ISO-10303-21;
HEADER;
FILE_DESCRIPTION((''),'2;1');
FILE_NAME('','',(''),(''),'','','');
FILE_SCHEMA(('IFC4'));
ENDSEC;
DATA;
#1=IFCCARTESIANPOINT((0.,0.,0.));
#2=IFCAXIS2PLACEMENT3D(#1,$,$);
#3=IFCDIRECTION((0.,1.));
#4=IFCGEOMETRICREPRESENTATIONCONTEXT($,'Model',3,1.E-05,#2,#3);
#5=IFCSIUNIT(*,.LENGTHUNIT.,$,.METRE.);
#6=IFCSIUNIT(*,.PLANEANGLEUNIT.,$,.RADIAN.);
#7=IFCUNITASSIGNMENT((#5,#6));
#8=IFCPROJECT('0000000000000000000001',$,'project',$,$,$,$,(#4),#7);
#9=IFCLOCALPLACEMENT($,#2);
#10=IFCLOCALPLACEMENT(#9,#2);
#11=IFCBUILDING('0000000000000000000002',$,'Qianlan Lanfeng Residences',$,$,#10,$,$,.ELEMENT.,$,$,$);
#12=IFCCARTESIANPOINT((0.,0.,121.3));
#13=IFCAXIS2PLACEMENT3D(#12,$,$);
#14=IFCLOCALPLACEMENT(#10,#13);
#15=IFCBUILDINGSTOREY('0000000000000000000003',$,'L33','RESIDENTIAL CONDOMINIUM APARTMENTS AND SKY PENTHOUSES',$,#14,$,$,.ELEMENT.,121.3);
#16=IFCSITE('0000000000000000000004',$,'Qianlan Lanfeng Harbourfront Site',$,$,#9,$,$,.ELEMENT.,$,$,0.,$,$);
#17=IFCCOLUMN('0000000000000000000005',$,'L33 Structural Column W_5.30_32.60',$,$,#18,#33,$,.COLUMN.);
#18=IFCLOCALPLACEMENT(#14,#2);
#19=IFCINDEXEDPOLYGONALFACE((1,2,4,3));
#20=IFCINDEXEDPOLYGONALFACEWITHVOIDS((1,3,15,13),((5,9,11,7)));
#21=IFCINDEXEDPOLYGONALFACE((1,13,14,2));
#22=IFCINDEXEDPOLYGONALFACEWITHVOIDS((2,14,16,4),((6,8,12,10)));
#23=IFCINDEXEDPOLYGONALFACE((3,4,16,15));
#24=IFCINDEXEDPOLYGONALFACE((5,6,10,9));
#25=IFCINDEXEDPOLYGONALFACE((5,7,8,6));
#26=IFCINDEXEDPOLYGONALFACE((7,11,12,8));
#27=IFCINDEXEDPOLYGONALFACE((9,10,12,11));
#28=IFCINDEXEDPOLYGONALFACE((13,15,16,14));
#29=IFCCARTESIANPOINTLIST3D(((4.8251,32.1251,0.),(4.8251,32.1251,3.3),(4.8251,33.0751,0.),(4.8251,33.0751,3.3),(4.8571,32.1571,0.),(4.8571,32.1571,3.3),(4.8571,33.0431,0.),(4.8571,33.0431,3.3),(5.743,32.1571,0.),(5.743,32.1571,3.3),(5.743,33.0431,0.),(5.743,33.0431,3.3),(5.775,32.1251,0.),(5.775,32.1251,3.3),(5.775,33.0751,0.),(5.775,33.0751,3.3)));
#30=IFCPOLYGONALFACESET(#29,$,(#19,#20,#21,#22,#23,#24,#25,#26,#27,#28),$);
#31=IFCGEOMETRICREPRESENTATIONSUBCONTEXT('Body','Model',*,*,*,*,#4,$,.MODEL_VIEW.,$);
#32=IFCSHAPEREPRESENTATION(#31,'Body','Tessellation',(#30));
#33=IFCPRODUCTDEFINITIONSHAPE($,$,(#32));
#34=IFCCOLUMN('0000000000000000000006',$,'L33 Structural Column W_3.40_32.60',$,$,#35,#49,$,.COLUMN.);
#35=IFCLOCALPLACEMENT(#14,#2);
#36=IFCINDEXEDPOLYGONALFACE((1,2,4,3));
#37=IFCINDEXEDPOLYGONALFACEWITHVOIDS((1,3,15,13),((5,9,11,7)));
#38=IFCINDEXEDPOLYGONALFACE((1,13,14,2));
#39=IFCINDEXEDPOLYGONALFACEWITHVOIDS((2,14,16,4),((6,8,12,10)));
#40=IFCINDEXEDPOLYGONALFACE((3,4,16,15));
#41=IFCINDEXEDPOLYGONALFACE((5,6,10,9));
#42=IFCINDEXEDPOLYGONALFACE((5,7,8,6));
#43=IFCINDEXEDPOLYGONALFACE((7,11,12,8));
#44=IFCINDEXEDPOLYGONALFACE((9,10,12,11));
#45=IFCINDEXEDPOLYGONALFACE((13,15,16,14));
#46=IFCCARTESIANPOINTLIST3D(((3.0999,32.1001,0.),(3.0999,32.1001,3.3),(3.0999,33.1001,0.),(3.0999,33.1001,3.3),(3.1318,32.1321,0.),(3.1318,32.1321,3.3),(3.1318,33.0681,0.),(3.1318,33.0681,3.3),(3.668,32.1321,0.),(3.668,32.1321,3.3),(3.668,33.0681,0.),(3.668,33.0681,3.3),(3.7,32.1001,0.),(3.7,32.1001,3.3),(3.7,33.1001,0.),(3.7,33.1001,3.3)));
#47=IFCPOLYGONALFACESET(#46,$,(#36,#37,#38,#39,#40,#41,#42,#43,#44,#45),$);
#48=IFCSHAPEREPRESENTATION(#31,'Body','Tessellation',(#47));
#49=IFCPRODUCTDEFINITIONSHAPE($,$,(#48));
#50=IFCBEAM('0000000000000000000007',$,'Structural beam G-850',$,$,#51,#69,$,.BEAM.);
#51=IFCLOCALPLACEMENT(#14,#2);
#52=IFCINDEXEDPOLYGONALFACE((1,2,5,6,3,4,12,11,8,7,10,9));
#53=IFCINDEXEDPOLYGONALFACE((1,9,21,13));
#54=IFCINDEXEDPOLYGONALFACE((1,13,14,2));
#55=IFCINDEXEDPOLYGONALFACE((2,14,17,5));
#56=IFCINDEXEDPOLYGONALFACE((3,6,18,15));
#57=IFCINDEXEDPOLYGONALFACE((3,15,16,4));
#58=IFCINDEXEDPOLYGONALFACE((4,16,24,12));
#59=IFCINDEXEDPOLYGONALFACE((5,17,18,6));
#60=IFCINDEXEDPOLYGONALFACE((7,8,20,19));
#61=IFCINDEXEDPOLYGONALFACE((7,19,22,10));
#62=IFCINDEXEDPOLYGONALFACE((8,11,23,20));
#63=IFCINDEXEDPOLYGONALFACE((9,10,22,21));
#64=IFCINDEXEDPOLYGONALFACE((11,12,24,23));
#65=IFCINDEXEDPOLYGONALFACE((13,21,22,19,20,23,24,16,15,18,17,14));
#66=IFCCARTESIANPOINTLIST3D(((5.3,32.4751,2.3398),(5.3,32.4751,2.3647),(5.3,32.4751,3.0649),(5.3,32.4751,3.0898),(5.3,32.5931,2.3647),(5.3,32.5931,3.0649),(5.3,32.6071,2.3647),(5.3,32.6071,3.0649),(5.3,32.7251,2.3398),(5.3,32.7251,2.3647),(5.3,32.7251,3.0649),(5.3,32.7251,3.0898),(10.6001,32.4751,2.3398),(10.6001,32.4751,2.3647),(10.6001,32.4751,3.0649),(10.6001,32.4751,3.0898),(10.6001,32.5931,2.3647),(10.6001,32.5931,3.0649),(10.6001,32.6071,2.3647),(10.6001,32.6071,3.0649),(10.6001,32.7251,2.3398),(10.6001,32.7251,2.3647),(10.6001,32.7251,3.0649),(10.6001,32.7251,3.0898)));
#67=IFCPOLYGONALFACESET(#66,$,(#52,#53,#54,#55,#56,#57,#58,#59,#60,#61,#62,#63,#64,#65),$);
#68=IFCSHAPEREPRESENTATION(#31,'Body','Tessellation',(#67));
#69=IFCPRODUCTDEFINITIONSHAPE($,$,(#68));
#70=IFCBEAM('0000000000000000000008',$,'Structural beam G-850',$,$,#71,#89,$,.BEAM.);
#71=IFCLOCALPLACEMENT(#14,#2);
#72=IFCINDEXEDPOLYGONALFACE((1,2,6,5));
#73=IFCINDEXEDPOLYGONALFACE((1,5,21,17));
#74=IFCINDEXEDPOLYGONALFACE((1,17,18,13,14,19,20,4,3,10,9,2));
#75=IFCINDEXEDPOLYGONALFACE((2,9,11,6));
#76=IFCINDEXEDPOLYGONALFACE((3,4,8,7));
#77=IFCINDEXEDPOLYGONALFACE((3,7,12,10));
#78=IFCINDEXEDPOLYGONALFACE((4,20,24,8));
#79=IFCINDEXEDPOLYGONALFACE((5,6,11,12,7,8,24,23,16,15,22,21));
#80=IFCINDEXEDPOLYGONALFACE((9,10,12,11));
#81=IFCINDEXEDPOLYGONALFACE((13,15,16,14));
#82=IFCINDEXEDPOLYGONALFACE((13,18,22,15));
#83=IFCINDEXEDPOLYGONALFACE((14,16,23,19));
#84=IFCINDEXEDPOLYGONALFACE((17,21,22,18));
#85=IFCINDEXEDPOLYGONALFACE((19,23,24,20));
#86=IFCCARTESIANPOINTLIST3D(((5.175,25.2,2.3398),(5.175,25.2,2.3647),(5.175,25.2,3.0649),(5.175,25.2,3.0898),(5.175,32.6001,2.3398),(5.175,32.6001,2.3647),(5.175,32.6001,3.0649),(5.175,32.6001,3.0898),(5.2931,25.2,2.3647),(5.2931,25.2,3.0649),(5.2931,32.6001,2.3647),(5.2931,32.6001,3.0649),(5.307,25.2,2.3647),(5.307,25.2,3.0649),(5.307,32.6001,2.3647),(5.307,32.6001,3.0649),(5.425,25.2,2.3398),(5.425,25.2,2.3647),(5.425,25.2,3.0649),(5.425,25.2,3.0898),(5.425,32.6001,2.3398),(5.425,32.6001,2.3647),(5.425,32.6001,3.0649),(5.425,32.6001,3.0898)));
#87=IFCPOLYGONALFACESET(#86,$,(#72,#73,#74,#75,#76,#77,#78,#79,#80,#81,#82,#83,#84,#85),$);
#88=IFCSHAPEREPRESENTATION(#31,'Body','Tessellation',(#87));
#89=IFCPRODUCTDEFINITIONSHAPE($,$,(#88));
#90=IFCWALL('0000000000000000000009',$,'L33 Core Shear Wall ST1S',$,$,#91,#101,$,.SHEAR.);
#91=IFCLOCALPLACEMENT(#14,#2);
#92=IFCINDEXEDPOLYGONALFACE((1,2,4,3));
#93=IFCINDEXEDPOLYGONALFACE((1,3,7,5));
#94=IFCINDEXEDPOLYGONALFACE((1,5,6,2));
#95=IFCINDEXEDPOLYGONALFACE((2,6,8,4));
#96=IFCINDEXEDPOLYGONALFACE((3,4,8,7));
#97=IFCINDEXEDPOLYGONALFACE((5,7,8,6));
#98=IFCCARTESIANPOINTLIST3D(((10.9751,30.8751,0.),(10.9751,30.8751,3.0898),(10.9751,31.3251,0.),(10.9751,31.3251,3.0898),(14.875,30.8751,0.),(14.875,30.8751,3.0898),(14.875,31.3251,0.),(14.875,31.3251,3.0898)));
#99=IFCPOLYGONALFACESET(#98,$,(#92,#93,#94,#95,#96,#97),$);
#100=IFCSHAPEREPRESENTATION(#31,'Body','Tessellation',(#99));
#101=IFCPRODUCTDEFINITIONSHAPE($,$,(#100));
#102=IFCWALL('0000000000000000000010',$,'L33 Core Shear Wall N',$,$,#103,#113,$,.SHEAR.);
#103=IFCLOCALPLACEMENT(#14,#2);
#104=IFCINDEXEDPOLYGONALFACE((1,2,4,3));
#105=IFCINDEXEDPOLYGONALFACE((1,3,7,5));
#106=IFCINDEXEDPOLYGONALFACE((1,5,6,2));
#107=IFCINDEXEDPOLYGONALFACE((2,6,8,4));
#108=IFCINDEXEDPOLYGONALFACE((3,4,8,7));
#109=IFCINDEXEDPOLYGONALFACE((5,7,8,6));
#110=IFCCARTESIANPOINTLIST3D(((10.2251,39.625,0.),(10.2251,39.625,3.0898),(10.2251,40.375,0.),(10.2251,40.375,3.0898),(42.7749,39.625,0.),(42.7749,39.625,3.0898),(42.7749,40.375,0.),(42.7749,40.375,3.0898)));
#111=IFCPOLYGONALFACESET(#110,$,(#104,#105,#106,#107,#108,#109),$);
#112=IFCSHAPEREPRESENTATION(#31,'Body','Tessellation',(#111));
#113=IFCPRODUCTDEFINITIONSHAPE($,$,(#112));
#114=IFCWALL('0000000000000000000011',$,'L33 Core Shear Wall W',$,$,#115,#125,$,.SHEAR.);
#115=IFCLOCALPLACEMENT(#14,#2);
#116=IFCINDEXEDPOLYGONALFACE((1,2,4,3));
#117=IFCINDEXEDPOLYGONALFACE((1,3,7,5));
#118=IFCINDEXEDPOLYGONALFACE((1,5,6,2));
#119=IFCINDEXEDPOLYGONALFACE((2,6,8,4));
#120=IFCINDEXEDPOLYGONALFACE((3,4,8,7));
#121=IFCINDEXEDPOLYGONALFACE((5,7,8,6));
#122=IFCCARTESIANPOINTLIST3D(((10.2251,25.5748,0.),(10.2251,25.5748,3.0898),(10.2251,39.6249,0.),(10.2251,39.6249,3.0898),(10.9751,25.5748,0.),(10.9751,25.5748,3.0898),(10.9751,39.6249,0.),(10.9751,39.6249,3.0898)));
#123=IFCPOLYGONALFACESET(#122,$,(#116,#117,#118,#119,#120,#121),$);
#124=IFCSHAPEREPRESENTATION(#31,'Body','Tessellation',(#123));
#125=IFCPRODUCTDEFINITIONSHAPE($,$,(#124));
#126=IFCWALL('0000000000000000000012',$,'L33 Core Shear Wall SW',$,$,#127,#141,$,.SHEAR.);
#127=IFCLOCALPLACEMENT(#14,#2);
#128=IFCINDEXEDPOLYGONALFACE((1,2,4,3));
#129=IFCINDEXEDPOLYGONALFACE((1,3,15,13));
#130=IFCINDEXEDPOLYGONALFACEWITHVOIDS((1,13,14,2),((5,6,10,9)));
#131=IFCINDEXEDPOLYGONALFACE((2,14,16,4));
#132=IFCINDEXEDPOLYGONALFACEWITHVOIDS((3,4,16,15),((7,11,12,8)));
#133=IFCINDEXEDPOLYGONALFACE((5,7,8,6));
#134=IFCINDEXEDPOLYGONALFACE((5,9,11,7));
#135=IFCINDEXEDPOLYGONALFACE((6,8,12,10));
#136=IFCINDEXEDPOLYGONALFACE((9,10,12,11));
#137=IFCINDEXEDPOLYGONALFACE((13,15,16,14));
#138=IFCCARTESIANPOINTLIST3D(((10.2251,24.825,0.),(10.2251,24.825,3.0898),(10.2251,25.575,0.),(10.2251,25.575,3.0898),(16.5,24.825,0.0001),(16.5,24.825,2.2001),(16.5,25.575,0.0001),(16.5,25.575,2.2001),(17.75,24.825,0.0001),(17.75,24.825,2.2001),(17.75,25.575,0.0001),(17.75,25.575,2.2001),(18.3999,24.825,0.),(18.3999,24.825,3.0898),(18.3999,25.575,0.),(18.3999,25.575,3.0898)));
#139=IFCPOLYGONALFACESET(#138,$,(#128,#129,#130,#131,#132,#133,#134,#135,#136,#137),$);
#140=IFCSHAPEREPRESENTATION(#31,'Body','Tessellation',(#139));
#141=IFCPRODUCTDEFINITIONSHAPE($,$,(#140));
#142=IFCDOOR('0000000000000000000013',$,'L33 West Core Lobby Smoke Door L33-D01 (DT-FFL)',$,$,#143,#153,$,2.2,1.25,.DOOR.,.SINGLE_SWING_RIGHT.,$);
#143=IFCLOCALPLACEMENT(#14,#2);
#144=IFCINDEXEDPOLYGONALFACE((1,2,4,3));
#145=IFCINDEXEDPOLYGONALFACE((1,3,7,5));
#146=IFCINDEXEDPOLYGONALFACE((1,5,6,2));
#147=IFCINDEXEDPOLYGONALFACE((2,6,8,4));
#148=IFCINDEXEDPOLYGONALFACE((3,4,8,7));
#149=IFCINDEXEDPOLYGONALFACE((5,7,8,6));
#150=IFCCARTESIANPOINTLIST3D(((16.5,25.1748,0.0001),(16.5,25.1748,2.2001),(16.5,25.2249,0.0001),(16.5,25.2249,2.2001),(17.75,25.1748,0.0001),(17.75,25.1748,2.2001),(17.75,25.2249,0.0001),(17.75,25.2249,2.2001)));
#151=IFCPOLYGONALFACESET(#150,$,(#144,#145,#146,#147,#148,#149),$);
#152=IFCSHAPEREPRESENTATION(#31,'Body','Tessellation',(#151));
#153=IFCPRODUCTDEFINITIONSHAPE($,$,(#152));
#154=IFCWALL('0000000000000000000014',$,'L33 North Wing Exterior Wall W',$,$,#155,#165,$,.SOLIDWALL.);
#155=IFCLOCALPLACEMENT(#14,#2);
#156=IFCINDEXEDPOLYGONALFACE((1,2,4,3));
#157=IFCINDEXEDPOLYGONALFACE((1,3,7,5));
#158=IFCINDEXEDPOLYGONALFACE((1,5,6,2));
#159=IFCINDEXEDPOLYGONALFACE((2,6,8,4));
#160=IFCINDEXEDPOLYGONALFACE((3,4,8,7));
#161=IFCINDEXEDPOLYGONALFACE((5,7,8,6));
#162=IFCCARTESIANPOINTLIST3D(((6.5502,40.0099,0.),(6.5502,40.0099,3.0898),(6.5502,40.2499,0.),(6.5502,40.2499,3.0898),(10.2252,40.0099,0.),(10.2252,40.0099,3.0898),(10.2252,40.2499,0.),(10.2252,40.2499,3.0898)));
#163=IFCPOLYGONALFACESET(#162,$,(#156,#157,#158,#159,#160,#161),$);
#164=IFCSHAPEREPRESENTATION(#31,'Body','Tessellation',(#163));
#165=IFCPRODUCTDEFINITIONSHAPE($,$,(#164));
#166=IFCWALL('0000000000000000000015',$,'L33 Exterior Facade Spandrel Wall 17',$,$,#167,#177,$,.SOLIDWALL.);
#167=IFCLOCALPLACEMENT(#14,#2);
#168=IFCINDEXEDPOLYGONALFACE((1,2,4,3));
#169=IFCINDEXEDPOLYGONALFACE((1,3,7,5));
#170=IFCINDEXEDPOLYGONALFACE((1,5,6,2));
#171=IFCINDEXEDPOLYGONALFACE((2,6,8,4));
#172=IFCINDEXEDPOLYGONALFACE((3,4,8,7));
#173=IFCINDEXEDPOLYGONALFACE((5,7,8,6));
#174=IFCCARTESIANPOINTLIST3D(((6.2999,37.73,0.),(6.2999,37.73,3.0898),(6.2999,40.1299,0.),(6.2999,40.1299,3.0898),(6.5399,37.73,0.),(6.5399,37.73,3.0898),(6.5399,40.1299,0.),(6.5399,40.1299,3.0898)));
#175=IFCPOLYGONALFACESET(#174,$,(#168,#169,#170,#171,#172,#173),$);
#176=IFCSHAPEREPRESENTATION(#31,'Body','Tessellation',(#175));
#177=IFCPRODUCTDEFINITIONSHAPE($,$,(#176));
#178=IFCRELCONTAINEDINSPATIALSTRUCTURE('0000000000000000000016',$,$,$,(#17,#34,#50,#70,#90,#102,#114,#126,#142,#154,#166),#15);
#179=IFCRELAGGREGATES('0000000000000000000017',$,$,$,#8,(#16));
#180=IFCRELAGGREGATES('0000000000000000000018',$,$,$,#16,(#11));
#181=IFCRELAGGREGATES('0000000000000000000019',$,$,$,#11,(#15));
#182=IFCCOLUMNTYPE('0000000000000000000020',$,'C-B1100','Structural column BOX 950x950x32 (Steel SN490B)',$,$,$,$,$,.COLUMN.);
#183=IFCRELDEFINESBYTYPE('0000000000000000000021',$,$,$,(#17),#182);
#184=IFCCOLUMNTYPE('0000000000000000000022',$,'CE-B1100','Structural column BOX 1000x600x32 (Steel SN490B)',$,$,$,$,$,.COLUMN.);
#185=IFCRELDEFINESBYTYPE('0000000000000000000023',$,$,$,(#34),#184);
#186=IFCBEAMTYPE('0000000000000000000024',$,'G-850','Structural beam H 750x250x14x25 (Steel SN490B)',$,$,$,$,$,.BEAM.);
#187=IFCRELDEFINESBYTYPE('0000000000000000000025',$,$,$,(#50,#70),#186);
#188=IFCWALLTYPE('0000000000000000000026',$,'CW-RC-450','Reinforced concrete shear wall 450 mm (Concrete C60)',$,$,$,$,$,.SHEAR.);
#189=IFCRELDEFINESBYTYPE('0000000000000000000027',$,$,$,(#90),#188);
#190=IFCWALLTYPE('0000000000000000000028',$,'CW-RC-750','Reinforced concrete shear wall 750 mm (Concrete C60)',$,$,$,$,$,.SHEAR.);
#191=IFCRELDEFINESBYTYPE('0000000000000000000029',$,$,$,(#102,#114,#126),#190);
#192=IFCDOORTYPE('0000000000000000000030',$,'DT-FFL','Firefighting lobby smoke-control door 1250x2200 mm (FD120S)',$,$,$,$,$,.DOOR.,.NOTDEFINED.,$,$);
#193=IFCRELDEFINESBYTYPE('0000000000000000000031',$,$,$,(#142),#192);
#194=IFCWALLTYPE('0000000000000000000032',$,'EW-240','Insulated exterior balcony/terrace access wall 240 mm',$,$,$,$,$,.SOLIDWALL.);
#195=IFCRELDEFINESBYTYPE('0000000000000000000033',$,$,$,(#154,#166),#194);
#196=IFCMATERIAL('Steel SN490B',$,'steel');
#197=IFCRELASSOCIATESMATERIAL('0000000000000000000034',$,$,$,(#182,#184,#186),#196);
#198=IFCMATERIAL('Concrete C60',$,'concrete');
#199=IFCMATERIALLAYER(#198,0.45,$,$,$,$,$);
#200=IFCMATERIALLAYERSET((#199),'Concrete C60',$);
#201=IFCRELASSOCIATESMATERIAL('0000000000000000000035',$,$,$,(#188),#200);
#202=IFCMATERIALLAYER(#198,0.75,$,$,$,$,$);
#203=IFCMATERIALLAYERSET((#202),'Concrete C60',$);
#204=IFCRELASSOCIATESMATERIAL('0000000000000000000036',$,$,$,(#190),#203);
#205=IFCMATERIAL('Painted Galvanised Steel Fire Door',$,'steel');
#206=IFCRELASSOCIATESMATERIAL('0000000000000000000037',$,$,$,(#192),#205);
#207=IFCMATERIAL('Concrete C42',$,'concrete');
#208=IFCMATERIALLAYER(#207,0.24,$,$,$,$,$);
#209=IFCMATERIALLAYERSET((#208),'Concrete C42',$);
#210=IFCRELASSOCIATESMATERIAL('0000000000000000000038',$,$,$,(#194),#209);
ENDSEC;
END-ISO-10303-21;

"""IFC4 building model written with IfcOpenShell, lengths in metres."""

from ifc_helpers import new_model, si_unit, direction, frame, frame_2d, origin, origin_2d, place, context, subcontext, project, spatial, rectangle, hollow_rectangle, i_section, extrude, material, layer, layer_set, material_profile, profile_set, type_object, element, fill, save


model = new_model("IFC4")

# Units and contexts
model_context = context("Model", 3, precision=1e-05, world=origin(), true_north=direction((0.0, 1.0)))
body_context = subcontext(model_context, "Body", "Model", "MODEL_VIEW")
ifc_project = project(units=[si_unit("LENGTHUNIT", "METRE"), si_unit("PLANEANGLEUNIT", "RADIAN")], contexts=[model_context])

# Site, building, storey
site_placement = place(None, origin())
site = spatial("IfcSite", under=ifc_project, at=site_placement, Name="Qianlan Lanfeng Harbourfront Site", CompositionType="ELEMENT", RefElevation=0.0)
building_placement = place(site_placement, origin())
building = spatial("IfcBuilding", under=site, at=building_placement, Name="Qianlan Lanfeng Residences", CompositionType="ELEMENT")
storey_placement = place(building_placement, frame((0.0, 0.0, 121.3)))
storey = spatial("IfcBuildingStorey", under=building, at=storey_placement, Name="L33", Description="RESIDENTIAL CONDOMINIUM APARTMENTS AND SKY PENTHOUSES", CompositionType="ELEMENT", Elevation=121.3)

# Columns
ifc_material_1 = material(Name="Steel SN490B", Category="steel")
ifc_material_profile_1 = material_profile(ifc_material_1, hollow_rectangle(XDim=0.95, YDim=0.95, WallThickness=0.032, at=origin_2d()), Name="BOX 950x950x32")
ifc_profile_set_1 = profile_set([ifc_material_profile_1], Name="Steel SN490B")
column_type_1 = type_object("IfcColumnType", Name="C-B1100", Description="Structural column BOX 950x950x32 (Steel SN490B)", PredefinedType="COLUMN", material=ifc_profile_set_1)
column_1_placement = place(storey_placement, frame((5.3, 32.6001, 0.0), z_axis=(0.0, 0.0, 1.0), x_axis=(1.0, 0.0, 0.0)))
element("IfcColumn", 1, at=column_1_placement, inside=storey, type_object=column_type_1, Name="L33 Structural Column W_5.30_32.60", PredefinedType="COLUMN", context=body_context, shape_type="SweptSolid", body=[
    extrude(hollow_rectangle(XDim=0.95, YDim=0.95, WallThickness=0.032, at=origin_2d()), origin(), (0.0, 0.0, 1.0), 3.3),
])
ifc_material_profile_2 = material_profile(ifc_material_1, hollow_rectangle(XDim=0.6001, YDim=1.0, WallThickness=0.032, at=origin_2d()), Name="BOX 1000x600x32")
ifc_profile_set_2 = profile_set([ifc_material_profile_2], Name="Steel SN490B")
column_type_2 = type_object("IfcColumnType", Name="CE-B1100", Description="Structural column BOX 1000x600x32 (Steel SN490B)", PredefinedType="COLUMN", material=ifc_profile_set_2)
column_2_placement = place(storey_placement, frame((3.3999, 32.6001, 0.0), z_axis=(0.0, 0.0, 1.0), x_axis=(1.0, 0.0, 0.0)))
element("IfcColumn", 2, at=column_2_placement, inside=storey, type_object=column_type_2, Name="L33 Structural Column W_3.40_32.60", PredefinedType="COLUMN", context=body_context, shape_type="SweptSolid", body=[
    extrude(hollow_rectangle(XDim=0.6001, YDim=1.0, WallThickness=0.032, at=origin_2d()), origin(), (0.0, 0.0, 1.0), 3.3),
])

# Beams
ifc_material_profile_3 = material_profile(ifc_material_1, i_section(OverallWidth=0.25, OverallDepth=0.75, WebThickness=0.0139, FlangeThickness=0.0249, at=origin_2d()), Name="H 750x250x14x25")
ifc_profile_set_3 = profile_set([ifc_material_profile_3], Name="Steel SN490B")
beam_type = type_object("IfcBeamType", Name="G-850", Description="Structural beam H 750x250x14x25 (Steel SN490B)", PredefinedType="BEAM", material=ifc_profile_set_3)
beam_1_placement = place(storey_placement, frame((5.3, 32.6001, 2.7148), z_axis=(1.0, 0.0, 0.0), x_axis=(0.0, 1.0, 0.0)))
element("IfcBeam", 3, at=beam_1_placement, inside=storey, type_object=beam_type, Name="Structural beam G-850", PredefinedType="BEAM", context=body_context, shape_type="SweptSolid", body=[
    extrude(i_section(OverallWidth=0.25, OverallDepth=0.75, WebThickness=0.0139, FlangeThickness=0.0249, at=origin_2d()), origin(), (0.0, 0.0, 1.0), 5.3),
])
beam_2_placement = place(storey_placement, frame((5.3, 25.2, 2.7148), z_axis=(0.0, 1.0, 0.0), x_axis=(-1.0, 0.0, 0.0)))
element("IfcBeam", 4, at=beam_2_placement, inside=storey, type_object=beam_type, Name="Structural beam G-850", PredefinedType="BEAM", context=body_context, shape_type="SweptSolid", body=[
    extrude(i_section(OverallWidth=0.25, OverallDepth=0.75, WebThickness=0.0139, FlangeThickness=0.0249, at=origin_2d()), origin(), (0.0, 0.0, 1.0), 7.4001),
])

# Walls
ifc_material_2 = material(Name="Concrete C60", Category="concrete")
ifc_layer_1 = layer(ifc_material_2, 0.45)
ifc_layer_set_1 = layer_set([ifc_layer_1], Name="Concrete C60")
wall_type_1 = type_object("IfcWallType", Name="CW-RC-450", Description="Reinforced concrete shear wall 450 mm (Concrete C60)", PredefinedType="SHEAR", material=ifc_layer_set_1)
wall_1_placement = place(storey_placement, frame((10.9751, 31.1001, 0.0), z_axis=(0.0, 0.0, 1.0), x_axis=(1.0, 0.0, 0.0)))
element("IfcWall", 5, at=wall_1_placement, inside=storey, type_object=wall_type_1, Name="L33 Core Shear Wall ST1S", PredefinedType="SHEAR", context=body_context, shape_type="SweptSolid", body=[
    extrude(rectangle(XDim=3.8999, YDim=0.45, at=frame_2d((1.95, 0.0))), origin(), (0.0, 0.0, 1.0), 3.0898),
])
ifc_layer_2 = layer(ifc_material_2, 0.75)
ifc_layer_set_2 = layer_set([ifc_layer_2], Name="Concrete C60")
wall_type_2 = type_object("IfcWallType", Name="CW-RC-750", Description="Reinforced concrete shear wall 750 mm (Concrete C60)", PredefinedType="SHEAR", material=ifc_layer_set_2)
wall_2_placement = place(storey_placement, frame((10.2251, 40.0, 0.0), z_axis=(0.0, 0.0, 1.0), x_axis=(1.0, 0.0, 0.0)))
element("IfcWall", 6, at=wall_2_placement, inside=storey, type_object=wall_type_2, Name="L33 Core Shear Wall N", PredefinedType="SHEAR", context=body_context, shape_type="SweptSolid", body=[
    extrude(rectangle(XDim=32.5498, YDim=0.75, at=frame_2d((16.2749, 0.0))), origin(), (0.0, 0.0, 1.0), 3.0898),
])
wall_3_placement = place(storey_placement, frame((10.6001, 25.575, 0.0), z_axis=(0.0, 0.0, 1.0), x_axis=(0.0, 1.0, 0.0)))
element("IfcWall", 7, at=wall_3_placement, inside=storey, type_object=wall_type_2, Name="L33 Core Shear Wall W", PredefinedType="SHEAR", context=body_context, shape_type="SweptSolid", body=[
    extrude(rectangle(XDim=14.05, YDim=0.75, at=frame_2d((7.0249, 0.0))), origin(), (0.0, 0.0, 1.0), 3.0898),
])

# Wall, opening, door
wall_4_placement = place(storey_placement, frame((10.2251, 25.2, 0.0), z_axis=(0.0, 0.0, 1.0), x_axis=(1.0, 0.0, 0.0)))
wall_4 = element("IfcWall", 8, at=wall_4_placement, inside=storey, type_object=wall_type_2, Name="L33 Core Shear Wall SW", PredefinedType="SHEAR", context=body_context, shape_type="SweptSolid", body=[
    extrude(rectangle(XDim=8.1748, YDim=0.75, at=frame_2d((4.0874, 0.0))), origin(), (0.0, 0.0, 1.0), 3.0898),
])
opening_1_placement = place(wall_4_placement, frame((6.2749, 0.0, 0.0)))
opening_1 = element("IfcOpeningElement", 9, at=opening_1_placement, cuts=wall_4, PredefinedType="OPENING", context=body_context, shape_type="SweptSolid", body=[
    extrude(rectangle(XDim=1.25, YDim=2.2, at=frame_2d((0.625, 1.1001))), frame((0.0, 0.385, 0.0), z_axis=(0.0, -1.0, 0.0), x_axis=(1.0, 0.0, 0.0)), (0.0, 0.0, 1.0), 0.77),
])
ifc_material_3 = material(Name="Painted Galvanised Steel Fire Door", Category="steel")
door_type_1 = type_object("IfcDoorType", Name="DT-FFL", Description="Firefighting lobby smoke-control door 1250x2200 mm (FD120S)", OperationType="NOTDEFINED", PredefinedType="DOOR", material=ifc_material_3)
door_1_placement = place(opening_1_placement, origin())
door_1 = element("IfcDoor", 10, at=door_1_placement, inside=storey, type_object=door_type_1, Name="L33 West Core Lobby Smoke Door L33-D01 (DT-FFL)", OperationType="SINGLE_SWING_RIGHT", OverallHeight=2.2, OverallWidth=1.25, PredefinedType="DOOR", context=body_context, shape_type="SweptSolid", body=[
    extrude(rectangle(XDim=1.25, YDim=2.2, at=frame_2d((0.625, 1.1001))), frame((0.0, 0.0249, 0.0), z_axis=(0.0, -1.0, 0.0), x_axis=(1.0, 0.0, 0.0)), (0.0, 0.0, 1.0), 0.05),
])
fill(opening_1, door_1)

# Walls
ifc_material_4 = material(Name="Concrete C42", Category="concrete")
ifc_layer_3 = layer(ifc_material_4, 0.24)
ifc_layer_set_3 = layer_set([ifc_layer_3], Name="Concrete C42")
wall_type_3 = type_object("IfcWallType", Name="EW-240", Description="Insulated exterior balcony/terrace access wall 240 mm", PredefinedType="SOLIDWALL", material=ifc_layer_set_3)
wall_5_placement = place(storey_placement, frame((10.2251, 40.1299, 0.0), z_axis=(0.0, 0.0, 1.0), x_axis=(-1.0, 0.0, 0.0)))
element("IfcWall", 11, at=wall_5_placement, inside=storey, type_object=wall_type_3, Name="L33 North Wing Exterior Wall W", PredefinedType="SOLIDWALL", context=body_context, shape_type="SweptSolid", body=[
    extrude(rectangle(XDim=3.675, YDim=0.24, at=frame_2d((1.8374, 0.0))), origin(), (0.0, 0.0, 1.0), 3.0898),
])
for number, where, z_axis, x_axis, name in (
    (12, (6.4199, 40.1299, 0.0), (0.0, 0.0, 1.0), (0.0, -1.0, 0.0), "L33 Exterior Facade Spandrel Wall 17"),
):
    element("IfcWall", number, at=place(storey_placement, frame(where, z_axis=z_axis, x_axis=x_axis)), inside=storey, type_object=wall_type_3, Name=name, PredefinedType="SOLIDWALL", context=body_context, shape_type="SweptSolid", body=[
        extrude(rectangle(XDim=2.3999, YDim=0.24, at=frame_2d((1.2, 0.0))), origin(), (0.0, 0.0, 1.0), 3.0898),
    ])

save(model, "model.ifc")
